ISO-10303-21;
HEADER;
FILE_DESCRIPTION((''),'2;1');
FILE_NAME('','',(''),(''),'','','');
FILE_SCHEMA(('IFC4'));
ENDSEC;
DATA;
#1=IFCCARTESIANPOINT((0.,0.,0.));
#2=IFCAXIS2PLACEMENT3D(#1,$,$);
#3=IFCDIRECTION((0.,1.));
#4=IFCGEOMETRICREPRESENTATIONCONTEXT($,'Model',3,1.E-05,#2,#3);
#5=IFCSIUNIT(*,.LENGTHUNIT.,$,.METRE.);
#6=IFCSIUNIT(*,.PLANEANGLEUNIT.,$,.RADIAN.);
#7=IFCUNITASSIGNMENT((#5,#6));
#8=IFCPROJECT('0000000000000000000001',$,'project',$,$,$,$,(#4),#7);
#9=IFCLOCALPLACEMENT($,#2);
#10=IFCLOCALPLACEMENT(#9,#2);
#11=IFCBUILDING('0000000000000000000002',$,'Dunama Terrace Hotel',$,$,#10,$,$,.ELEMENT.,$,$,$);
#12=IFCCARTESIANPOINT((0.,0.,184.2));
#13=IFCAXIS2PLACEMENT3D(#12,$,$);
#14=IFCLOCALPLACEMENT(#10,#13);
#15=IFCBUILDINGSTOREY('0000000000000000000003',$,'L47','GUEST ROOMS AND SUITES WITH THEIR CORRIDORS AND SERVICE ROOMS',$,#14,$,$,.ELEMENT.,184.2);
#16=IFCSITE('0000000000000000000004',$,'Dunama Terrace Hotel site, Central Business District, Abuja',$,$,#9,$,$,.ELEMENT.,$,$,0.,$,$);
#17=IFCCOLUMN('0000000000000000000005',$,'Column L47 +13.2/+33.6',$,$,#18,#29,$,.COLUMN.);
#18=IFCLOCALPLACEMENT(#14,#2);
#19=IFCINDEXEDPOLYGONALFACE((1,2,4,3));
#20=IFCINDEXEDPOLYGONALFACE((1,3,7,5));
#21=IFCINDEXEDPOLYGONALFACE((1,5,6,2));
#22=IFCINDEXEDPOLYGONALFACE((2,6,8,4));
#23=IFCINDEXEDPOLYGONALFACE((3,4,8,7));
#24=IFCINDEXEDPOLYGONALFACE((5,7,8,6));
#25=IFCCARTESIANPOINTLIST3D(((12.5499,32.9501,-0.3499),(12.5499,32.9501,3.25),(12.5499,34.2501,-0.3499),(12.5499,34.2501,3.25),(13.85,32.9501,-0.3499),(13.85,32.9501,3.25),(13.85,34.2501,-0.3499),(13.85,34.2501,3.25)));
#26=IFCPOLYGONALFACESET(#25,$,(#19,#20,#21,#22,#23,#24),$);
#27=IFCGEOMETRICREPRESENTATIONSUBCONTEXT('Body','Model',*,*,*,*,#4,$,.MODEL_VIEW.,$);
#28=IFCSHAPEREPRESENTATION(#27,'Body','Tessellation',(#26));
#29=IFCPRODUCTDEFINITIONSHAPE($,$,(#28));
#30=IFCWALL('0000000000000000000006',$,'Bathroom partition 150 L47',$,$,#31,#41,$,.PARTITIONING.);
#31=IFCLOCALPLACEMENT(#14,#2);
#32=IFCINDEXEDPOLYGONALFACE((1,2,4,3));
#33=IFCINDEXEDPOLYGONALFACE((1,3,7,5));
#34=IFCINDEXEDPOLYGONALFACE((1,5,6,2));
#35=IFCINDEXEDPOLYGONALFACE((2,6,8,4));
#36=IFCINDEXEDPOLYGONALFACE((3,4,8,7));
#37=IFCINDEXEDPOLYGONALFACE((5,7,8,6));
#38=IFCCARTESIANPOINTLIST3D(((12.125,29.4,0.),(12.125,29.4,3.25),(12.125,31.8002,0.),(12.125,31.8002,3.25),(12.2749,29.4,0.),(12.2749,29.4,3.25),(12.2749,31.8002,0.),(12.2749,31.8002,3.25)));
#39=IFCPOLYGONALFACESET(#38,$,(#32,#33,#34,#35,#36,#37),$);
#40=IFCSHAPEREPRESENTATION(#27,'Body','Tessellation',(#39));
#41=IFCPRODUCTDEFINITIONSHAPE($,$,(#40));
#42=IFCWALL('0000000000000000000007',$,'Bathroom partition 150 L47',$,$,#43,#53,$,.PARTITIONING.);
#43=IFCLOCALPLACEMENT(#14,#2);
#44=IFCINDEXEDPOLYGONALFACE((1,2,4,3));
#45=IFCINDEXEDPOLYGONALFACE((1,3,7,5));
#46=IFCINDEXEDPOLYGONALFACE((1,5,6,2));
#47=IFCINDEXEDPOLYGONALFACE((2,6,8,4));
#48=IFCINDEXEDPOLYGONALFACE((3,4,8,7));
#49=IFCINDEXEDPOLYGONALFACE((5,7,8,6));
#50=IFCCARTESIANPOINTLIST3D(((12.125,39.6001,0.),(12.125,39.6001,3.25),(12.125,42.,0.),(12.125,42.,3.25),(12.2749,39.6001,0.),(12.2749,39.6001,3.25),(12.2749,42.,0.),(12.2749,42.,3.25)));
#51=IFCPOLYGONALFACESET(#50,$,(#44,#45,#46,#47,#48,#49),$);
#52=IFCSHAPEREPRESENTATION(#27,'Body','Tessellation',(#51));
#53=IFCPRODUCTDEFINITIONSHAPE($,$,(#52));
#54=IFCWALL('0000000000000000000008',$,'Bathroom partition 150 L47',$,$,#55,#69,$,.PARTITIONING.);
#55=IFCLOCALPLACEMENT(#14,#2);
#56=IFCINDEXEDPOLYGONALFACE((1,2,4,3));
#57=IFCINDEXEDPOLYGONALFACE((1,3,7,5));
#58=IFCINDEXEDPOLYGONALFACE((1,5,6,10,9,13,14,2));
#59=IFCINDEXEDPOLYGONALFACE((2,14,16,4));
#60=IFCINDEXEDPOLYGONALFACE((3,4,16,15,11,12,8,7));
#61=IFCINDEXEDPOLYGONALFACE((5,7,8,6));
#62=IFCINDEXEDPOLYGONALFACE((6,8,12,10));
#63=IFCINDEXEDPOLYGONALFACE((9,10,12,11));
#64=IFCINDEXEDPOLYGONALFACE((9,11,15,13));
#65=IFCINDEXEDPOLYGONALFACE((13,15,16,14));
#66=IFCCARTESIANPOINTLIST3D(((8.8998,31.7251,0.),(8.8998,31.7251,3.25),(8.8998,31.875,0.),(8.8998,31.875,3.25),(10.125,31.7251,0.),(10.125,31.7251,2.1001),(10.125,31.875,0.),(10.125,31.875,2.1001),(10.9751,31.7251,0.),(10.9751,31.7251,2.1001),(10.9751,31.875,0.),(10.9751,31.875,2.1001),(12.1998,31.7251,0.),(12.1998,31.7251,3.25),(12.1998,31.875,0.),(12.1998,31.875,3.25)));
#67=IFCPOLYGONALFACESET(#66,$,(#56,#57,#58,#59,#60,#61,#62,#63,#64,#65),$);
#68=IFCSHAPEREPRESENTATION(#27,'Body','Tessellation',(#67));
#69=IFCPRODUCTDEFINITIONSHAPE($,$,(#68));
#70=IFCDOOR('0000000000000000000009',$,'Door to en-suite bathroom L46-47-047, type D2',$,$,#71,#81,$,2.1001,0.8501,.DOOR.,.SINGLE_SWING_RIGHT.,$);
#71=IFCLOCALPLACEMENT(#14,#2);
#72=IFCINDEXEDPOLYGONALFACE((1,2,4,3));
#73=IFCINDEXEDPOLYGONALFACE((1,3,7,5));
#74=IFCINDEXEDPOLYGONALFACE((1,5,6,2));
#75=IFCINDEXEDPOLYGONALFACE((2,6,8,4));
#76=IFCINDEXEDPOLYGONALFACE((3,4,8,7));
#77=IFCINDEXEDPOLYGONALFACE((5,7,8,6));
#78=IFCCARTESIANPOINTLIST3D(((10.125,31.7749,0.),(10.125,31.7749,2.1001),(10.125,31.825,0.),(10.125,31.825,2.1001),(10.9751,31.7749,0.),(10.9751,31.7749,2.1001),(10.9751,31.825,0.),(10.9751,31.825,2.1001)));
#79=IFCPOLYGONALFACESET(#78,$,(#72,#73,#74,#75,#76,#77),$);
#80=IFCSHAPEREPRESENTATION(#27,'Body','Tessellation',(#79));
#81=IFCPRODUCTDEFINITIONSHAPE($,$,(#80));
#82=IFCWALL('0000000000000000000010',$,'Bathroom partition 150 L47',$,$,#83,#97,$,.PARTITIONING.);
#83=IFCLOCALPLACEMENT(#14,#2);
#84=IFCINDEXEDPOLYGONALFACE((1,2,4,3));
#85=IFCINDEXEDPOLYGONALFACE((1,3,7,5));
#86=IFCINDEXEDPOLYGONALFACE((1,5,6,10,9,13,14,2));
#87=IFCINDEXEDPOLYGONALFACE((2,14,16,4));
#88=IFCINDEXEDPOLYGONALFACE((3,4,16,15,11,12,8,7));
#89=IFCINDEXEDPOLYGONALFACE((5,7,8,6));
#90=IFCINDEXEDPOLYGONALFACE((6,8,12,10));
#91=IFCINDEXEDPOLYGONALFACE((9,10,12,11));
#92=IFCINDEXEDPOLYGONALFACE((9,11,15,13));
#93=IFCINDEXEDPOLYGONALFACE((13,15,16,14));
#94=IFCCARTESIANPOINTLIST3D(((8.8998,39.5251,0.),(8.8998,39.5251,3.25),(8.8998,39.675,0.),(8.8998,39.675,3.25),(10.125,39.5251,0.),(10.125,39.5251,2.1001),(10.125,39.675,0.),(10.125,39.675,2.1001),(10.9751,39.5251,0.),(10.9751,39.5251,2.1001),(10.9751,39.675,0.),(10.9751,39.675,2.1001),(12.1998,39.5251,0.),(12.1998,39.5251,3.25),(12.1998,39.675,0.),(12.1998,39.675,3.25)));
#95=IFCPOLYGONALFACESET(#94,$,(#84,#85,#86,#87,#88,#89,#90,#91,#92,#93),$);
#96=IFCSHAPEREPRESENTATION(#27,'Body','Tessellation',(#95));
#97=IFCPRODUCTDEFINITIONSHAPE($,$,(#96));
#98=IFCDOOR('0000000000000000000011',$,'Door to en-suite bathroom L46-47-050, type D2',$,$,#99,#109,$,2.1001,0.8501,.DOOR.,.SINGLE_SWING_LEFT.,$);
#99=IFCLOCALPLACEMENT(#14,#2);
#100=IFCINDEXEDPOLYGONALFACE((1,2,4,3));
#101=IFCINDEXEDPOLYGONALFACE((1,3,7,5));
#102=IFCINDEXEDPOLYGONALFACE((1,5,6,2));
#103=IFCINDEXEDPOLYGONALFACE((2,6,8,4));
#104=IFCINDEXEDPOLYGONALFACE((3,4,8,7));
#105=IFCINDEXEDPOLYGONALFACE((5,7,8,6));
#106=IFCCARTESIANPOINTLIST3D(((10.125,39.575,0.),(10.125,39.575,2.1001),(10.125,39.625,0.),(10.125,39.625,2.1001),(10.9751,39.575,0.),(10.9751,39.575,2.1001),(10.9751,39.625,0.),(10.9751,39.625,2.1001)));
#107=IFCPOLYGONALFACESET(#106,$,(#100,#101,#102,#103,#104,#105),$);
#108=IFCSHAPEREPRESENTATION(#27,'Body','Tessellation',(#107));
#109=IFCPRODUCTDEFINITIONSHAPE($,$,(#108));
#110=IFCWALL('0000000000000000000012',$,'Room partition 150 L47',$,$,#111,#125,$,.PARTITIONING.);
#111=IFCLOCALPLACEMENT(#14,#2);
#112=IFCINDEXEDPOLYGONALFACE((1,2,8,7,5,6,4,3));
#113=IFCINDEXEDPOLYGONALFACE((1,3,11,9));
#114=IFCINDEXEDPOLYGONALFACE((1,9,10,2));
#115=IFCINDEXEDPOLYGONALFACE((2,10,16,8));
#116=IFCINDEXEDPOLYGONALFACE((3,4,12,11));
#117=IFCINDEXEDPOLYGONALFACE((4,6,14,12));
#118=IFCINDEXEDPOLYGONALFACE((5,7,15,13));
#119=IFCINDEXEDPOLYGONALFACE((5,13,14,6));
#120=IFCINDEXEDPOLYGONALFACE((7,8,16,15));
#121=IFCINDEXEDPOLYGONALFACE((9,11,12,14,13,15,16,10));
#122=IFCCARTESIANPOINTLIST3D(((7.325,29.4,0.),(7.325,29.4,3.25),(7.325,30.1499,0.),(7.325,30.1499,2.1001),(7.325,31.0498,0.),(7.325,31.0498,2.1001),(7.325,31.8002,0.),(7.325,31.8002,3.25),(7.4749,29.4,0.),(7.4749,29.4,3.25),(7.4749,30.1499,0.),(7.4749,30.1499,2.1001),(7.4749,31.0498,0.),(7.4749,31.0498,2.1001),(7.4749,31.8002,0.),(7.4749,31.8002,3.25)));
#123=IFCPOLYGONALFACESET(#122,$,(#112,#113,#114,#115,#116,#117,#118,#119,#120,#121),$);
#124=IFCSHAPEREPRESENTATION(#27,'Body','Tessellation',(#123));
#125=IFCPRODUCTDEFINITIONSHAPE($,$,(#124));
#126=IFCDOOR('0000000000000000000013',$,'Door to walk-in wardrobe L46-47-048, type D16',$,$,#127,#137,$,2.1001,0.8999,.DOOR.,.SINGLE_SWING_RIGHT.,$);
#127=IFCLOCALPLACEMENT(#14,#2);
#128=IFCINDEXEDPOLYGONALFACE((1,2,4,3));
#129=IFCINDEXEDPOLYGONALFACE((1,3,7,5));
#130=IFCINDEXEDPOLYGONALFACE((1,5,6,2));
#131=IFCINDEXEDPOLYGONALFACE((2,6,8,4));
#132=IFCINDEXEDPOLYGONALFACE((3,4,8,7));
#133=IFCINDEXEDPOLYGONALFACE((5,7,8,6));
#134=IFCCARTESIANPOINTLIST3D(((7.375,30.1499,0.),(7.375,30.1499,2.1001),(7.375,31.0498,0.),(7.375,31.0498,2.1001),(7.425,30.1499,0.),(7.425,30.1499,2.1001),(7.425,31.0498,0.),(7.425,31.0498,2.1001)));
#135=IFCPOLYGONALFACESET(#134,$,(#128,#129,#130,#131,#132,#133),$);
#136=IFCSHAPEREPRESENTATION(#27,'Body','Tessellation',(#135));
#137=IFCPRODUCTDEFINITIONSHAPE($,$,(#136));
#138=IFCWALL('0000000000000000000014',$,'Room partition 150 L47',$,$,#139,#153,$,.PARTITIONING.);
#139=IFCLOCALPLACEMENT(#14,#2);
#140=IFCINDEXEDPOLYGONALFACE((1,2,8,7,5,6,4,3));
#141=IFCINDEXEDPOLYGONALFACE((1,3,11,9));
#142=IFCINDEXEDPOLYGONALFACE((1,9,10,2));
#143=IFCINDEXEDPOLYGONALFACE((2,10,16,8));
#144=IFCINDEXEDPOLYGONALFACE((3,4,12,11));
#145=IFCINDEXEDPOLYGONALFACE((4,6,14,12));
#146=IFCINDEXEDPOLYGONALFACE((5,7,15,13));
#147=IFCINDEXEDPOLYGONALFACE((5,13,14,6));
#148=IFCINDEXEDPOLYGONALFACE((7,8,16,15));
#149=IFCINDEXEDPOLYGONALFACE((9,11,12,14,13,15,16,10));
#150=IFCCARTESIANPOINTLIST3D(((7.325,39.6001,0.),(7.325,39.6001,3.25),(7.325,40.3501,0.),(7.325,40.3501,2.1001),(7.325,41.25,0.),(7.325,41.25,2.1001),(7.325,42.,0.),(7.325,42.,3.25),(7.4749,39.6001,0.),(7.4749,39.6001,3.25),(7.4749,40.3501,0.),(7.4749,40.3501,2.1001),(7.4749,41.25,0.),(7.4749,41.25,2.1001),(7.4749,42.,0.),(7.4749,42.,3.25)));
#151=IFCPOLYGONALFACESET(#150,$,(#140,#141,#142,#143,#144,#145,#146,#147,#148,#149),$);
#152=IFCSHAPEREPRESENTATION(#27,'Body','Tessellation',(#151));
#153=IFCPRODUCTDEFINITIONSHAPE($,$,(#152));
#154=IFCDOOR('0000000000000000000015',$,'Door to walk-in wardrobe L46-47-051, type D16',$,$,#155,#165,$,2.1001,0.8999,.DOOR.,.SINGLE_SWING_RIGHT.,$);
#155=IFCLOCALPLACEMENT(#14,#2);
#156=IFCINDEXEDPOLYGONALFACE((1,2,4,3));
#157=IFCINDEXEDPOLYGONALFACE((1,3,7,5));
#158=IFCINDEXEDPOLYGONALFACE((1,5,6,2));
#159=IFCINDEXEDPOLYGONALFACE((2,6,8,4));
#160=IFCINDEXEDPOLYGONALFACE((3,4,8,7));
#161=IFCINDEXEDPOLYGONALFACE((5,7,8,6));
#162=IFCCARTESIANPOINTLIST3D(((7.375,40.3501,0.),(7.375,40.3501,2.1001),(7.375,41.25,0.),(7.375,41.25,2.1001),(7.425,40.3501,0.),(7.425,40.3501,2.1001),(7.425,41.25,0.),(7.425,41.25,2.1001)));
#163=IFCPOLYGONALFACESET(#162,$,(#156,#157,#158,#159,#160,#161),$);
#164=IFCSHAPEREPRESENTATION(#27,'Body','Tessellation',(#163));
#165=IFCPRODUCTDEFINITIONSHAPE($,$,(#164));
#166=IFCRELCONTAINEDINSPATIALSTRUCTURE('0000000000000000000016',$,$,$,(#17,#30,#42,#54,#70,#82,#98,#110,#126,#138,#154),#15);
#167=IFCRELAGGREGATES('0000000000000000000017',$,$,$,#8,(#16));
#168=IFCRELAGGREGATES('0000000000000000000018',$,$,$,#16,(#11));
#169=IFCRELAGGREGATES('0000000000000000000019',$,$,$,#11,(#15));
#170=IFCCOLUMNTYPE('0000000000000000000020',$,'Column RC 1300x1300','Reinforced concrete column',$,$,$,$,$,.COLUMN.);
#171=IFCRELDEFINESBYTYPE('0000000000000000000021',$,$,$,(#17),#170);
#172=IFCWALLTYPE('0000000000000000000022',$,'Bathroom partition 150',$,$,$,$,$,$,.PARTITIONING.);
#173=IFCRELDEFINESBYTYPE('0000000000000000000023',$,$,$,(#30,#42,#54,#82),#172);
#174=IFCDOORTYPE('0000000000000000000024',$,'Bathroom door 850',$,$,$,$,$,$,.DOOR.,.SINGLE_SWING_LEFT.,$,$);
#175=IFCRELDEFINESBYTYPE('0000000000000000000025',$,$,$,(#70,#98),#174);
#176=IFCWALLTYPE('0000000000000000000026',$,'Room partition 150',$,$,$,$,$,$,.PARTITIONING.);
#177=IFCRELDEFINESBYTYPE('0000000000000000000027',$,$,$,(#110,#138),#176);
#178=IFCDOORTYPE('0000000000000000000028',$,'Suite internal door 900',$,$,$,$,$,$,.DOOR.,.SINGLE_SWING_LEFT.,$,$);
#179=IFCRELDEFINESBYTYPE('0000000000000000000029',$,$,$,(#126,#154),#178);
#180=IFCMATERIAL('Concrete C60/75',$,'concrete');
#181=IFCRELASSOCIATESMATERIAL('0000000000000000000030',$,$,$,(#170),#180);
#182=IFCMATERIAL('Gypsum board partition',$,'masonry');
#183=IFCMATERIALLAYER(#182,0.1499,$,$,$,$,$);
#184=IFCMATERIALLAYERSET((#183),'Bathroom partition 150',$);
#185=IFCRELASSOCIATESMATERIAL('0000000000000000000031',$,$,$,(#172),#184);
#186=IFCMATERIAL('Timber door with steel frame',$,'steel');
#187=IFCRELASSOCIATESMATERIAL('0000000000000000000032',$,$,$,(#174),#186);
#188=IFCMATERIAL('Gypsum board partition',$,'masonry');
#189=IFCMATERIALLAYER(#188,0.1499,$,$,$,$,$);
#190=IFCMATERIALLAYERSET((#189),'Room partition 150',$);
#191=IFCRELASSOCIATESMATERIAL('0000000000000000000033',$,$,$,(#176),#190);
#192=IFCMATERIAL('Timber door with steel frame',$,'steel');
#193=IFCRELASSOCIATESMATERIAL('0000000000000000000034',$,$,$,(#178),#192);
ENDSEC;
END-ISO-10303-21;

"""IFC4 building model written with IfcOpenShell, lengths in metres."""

from ifc_helpers import new_model, si_unit, direction, frame, frame_2d, origin, origin_2d, place, context, subcontext, project, spatial, rectangle, extrude, material, layer, layer_set, material_profile, profile_set, type_object, element, fill, save


model = new_model("IFC4")

# Units and contexts
model_context = context("Model", 3, precision=1e-05, world=origin(), true_north=direction((0.0, 1.0)))
body_context = subcontext(model_context, "Body", "Model", "MODEL_VIEW")
ifc_project = project(units=[si_unit("LENGTHUNIT", "METRE"), si_unit("PLANEANGLEUNIT", "RADIAN")], contexts=[model_context])

# Site, building, storey
site_placement = place(None, origin())
site = spatial("IfcSite", under=ifc_project, at=site_placement, Name="Dunama Terrace Hotel site, Central Business District, Abuja", CompositionType="ELEMENT", RefElevation=0.0)
building_placement = place(site_placement, origin())
building = spatial("IfcBuilding", under=site, at=building_placement, Name="Dunama Terrace Hotel", CompositionType="ELEMENT")
storey_placement = place(building_placement, frame((0.0, 0.0, 184.2)))
storey = spatial("IfcBuildingStorey", under=building, at=storey_placement, Name="L47", Description="GUEST ROOMS AND SUITES WITH THEIR CORRIDORS AND SERVICE ROOMS", CompositionType="ELEMENT", Elevation=184.2)

# Column
ifc_material_1 = material(Name="Concrete C60/75", Category="concrete")
ifc_material_profile = material_profile(ifc_material_1, rectangle(XDim=1.3, YDim=1.3, at=origin_2d()), Name="RC 1300x1300")
ifc_profile_set = profile_set([ifc_material_profile], Name="Concrete C60/75")
column_type = type_object("IfcColumnType", Name="Column RC 1300x1300", Description="Reinforced concrete column", PredefinedType="COLUMN", material=ifc_profile_set)
column_placement = place(storey_placement, frame((13.2, 33.6001, -0.3499), z_axis=(0.0, 0.0, 1.0), x_axis=(1.0, 0.0, 0.0)))
element("IfcColumn", 1, at=column_placement, inside=storey, type_object=column_type, Name="Column L47 +13.2/+33.6", PredefinedType="COLUMN", context=body_context, shape_type="SweptSolid", body=[
    extrude(rectangle(XDim=1.3, YDim=1.3, at=origin_2d()), origin(), (0.0, 0.0, 1.0), 3.5999),
])

# Walls
ifc_material_2 = material(Name="Gypsum board partition", Category="masonry")
ifc_layer_1 = layer(ifc_material_2, 0.1499)
ifc_layer_set_1 = layer_set([ifc_layer_1], Name="Bathroom partition 150")
wall_type_1 = type_object("IfcWallType", Name="Bathroom partition 150", PredefinedType="PARTITIONING", material=ifc_layer_set_1)
wall_1_placement = place(storey_placement, frame((12.2, 29.3999, 0.0), z_axis=(0.0, 0.0, 1.0), x_axis=(0.0, 1.0, 0.0)))
element("IfcWall", 2, at=wall_1_placement, inside=storey, type_object=wall_type_1, Name="Bathroom partition 150 L47", PredefinedType="PARTITIONING", context=body_context, shape_type="SweptSolid", body=[
    extrude(rectangle(XDim=2.4001, YDim=0.1499, at=frame_2d((1.2002, 0.0))), origin(), (0.0, 0.0, 1.0), 3.25),
])
wall_2_placement = place(storey_placement, frame((12.2, 39.6001, 0.0), z_axis=(0.0, 0.0, 1.0), x_axis=(0.0, 1.0, 0.0)))
element("IfcWall", 3, at=wall_2_placement, inside=storey, type_object=wall_type_1, Name="Bathroom partition 150 L47", PredefinedType="PARTITIONING", context=body_context, shape_type="SweptSolid", body=[
    extrude(rectangle(XDim=2.3999, YDim=0.1499, at=frame_2d((1.2, 0.0))), origin(), (0.0, 0.0, 1.0), 3.25),
])

# Walls, openings, doors
wall_3_placement = place(storey_placement, frame((8.8999, 31.8, 0.0), z_axis=(0.0, 0.0, 1.0), x_axis=(1.0, 0.0, 0.0)))
wall_3 = element("IfcWall", 4, at=wall_3_placement, inside=storey, type_object=wall_type_1, Name="Bathroom partition 150 L47", PredefinedType="PARTITIONING", context=body_context, shape_type="SweptSolid", body=[
    extrude(rectangle(XDim=3.3, YDim=0.1499, at=frame_2d((1.6499, 0.0))), origin(), (0.0, 0.0, 1.0), 3.25),
])
opening_1_placement = place(wall_3_placement, frame((1.2251, 0.0, 0.0)))
opening_1 = element("IfcOpeningElement", 5, at=opening_1_placement, cuts=wall_3, PredefinedType="OPENING", context=body_context, shape_type="SweptSolid", body=[
    extrude(rectangle(XDim=0.8501, YDim=2.1001, at=frame_2d((0.425, 1.05))), frame((0.0, 0.085, 0.0), z_axis=(0.0, -1.0, 0.0), x_axis=(1.0, 0.0, 0.0)), (0.0, 0.0, 1.0), 0.1699),
])
ifc_material_3 = material(Name="Timber door with steel frame", Category="steel")
door_type_1 = type_object("IfcDoorType", Name="Bathroom door 850", OperationType="SINGLE_SWING_LEFT", PredefinedType="DOOR", material=ifc_material_3)
door_1_placement = place(opening_1_placement, frame((0.8501, 0.0, 0.0), z_axis=(0.0, 0.0, 1.0), x_axis=(-1.0, 0.0, 0.0)))
door_1 = element("IfcDoor", 6, at=door_1_placement, inside=storey, type_object=door_type_1, Name="Door to en-suite bathroom L46-47-047, type D2", OperationType="SINGLE_SWING_RIGHT", OverallHeight=2.1001, OverallWidth=0.8501, PredefinedType="DOOR", context=body_context, shape_type="SweptSolid", body=[
    extrude(rectangle(XDim=0.8501, YDim=2.1001, at=frame_2d((0.425, 1.05))), frame((0.0, 0.0251, 0.0), z_axis=(0.0, -1.0, 0.0), x_axis=(1.0, 0.0, 0.0)), (0.0, 0.0, 1.0), 0.05),
])
fill(opening_1, door_1)
wall_4_placement = place(storey_placement, frame((8.8999, 39.6001, 0.0), z_axis=(0.0, 0.0, 1.0), x_axis=(1.0, 0.0, 0.0)))
wall_4 = element("IfcWall", 7, at=wall_4_placement, inside=storey, type_object=wall_type_1, Name="Bathroom partition 150 L47", PredefinedType="PARTITIONING", context=body_context, shape_type="SweptSolid", body=[
    extrude(rectangle(XDim=3.3, YDim=0.1499, at=frame_2d((1.6499, 0.0))), origin(), (0.0, 0.0, 1.0), 3.25),
])
opening_2_placement = place(wall_4_placement, frame((1.2251, 0.0, 0.0)))
opening_2 = element("IfcOpeningElement", 8, at=opening_2_placement, cuts=wall_4, PredefinedType="OPENING", context=body_context, shape_type="SweptSolid", body=[
    extrude(rectangle(XDim=0.8501, YDim=2.1001, at=frame_2d((0.425, 1.05))), frame((0.0, 0.085, 0.0), z_axis=(0.0, -1.0, 0.0), x_axis=(1.0, 0.0, 0.0)), (0.0, 0.0, 1.0), 0.1699),
])
door_2_placement = place(opening_2_placement, origin())
door_2 = element("IfcDoor", 9, at=door_2_placement, inside=storey, type_object=door_type_1, Name="Door to en-suite bathroom L46-47-050, type D2", OperationType="SINGLE_SWING_LEFT", OverallHeight=2.1001, OverallWidth=0.8501, PredefinedType="DOOR", context=body_context, shape_type="SweptSolid", body=[
    extrude(rectangle(XDim=0.8501, YDim=2.1001, at=frame_2d((0.425, 1.05))), frame((0.0, 0.0249, 0.0), z_axis=(0.0, -1.0, 0.0), x_axis=(1.0, 0.0, 0.0)), (0.0, 0.0, 1.0), 0.05),
])
fill(opening_2, door_2)
ifc_material_4 = material(Name="Gypsum board partition", Category="masonry")
ifc_layer_2 = layer(ifc_material_4, 0.1499)
ifc_layer_set_2 = layer_set([ifc_layer_2], Name="Room partition 150")
wall_type_2 = type_object("IfcWallType", Name="Room partition 150", PredefinedType="PARTITIONING", material=ifc_layer_set_2)
wall_5_placement = place(storey_placement, frame((7.3999, 29.3999, 0.0), z_axis=(0.0, 0.0, 1.0), x_axis=(0.0, 1.0, 0.0)))
wall_5 = element("IfcWall", 10, at=wall_5_placement, inside=storey, type_object=wall_type_2, Name="Room partition 150 L47", PredefinedType="PARTITIONING", context=body_context, shape_type="SweptSolid", body=[
    extrude(rectangle(XDim=2.4001, YDim=0.1499, at=frame_2d((1.2002, 0.0))), origin(), (0.0, 0.0, 1.0), 3.25),
])
opening_3_placement = place(wall_5_placement, frame((0.75, 0.0, 0.0)))
opening_3 = element("IfcOpeningElement", 11, at=opening_3_placement, cuts=wall_5, PredefinedType="OPENING", context=body_context, shape_type="SweptSolid", body=[
    extrude(rectangle(XDim=0.8999, YDim=2.1001, at=frame_2d((0.45, 1.05))), frame((0.0, 0.085, 0.0), z_axis=(0.0, -1.0, 0.0), x_axis=(1.0, 0.0, 0.0)), (0.0, 0.0, 1.0), 0.1699),
])
ifc_material_5 = material(Name="Timber door with steel frame", Category="steel")
door_type_2 = type_object("IfcDoorType", Name="Suite internal door 900", OperationType="SINGLE_SWING_LEFT", PredefinedType="DOOR", material=ifc_material_5)
door_3_placement = place(opening_3_placement, frame((0.8999, 0.0, 0.0), z_axis=(0.0, 0.0, 1.0), x_axis=(-1.0, 0.0, 0.0)))
door_3 = element("IfcDoor", 12, at=door_3_placement, inside=storey, type_object=door_type_2, Name="Door to walk-in wardrobe L46-47-048, type D16", OperationType="SINGLE_SWING_RIGHT", OverallHeight=2.1001, OverallWidth=0.8999, PredefinedType="DOOR", context=body_context, shape_type="SweptSolid", body=[
    extrude(rectangle(XDim=0.8999, YDim=2.1001, at=frame_2d((0.45, 1.05))), frame((0.0, 0.0251, 0.0), z_axis=(0.0, -1.0, 0.0), x_axis=(1.0, 0.0, 0.0)), (0.0, 0.0, 1.0), 0.05),
])
fill(opening_3, door_3)
wall_6_placement = place(storey_placement, frame((7.3999, 39.6001, 0.0), z_axis=(0.0, 0.0, 1.0), x_axis=(0.0, 1.0, 0.0)))
wall_6 = element("IfcWall", 13, at=wall_6_placement, inside=storey, type_object=wall_type_2, Name="Room partition 150 L47", PredefinedType="PARTITIONING", context=body_context, shape_type="SweptSolid", body=[
    extrude(rectangle(XDim=2.3999, YDim=0.1499, at=frame_2d((1.2, 0.0))), origin(), (0.0, 0.0, 1.0), 3.25),
])
opening_4_placement = place(wall_6_placement, frame((0.75, 0.0, 0.0)))
opening_4 = element("IfcOpeningElement", 14, at=opening_4_placement, cuts=wall_6, PredefinedType="OPENING", context=body_context, shape_type="SweptSolid", body=[
    extrude(rectangle(XDim=0.8999, YDim=2.1001, at=frame_2d((0.45, 1.05))), frame((0.0, 0.085, 0.0), z_axis=(0.0, -1.0, 0.0), x_axis=(1.0, 0.0, 0.0)), (0.0, 0.0, 1.0), 0.1699),
])
door_4_placement = place(opening_4_placement, frame((0.8999, 0.0, 0.0), z_axis=(0.0, 0.0, 1.0), x_axis=(-1.0, 0.0, 0.0)))
door_4 = element("IfcDoor", 15, at=door_4_placement, inside=storey, type_object=door_type_2, Name="Door to walk-in wardrobe L46-47-051, type D16", OperationType="SINGLE_SWING_RIGHT", OverallHeight=2.1001, OverallWidth=0.8999, PredefinedType="DOOR", context=body_context, shape_type="SweptSolid", body=[
    extrude(rectangle(XDim=0.8999, YDim=2.1001, at=frame_2d((0.45, 1.05))), frame((0.0, 0.0251, 0.0), z_axis=(0.0, -1.0, 0.0), x_axis=(1.0, 0.0, 0.0)), (0.0, 0.0, 1.0), 0.05),
])
fill(opening_4, door_4)

save(model, "model.ifc")
